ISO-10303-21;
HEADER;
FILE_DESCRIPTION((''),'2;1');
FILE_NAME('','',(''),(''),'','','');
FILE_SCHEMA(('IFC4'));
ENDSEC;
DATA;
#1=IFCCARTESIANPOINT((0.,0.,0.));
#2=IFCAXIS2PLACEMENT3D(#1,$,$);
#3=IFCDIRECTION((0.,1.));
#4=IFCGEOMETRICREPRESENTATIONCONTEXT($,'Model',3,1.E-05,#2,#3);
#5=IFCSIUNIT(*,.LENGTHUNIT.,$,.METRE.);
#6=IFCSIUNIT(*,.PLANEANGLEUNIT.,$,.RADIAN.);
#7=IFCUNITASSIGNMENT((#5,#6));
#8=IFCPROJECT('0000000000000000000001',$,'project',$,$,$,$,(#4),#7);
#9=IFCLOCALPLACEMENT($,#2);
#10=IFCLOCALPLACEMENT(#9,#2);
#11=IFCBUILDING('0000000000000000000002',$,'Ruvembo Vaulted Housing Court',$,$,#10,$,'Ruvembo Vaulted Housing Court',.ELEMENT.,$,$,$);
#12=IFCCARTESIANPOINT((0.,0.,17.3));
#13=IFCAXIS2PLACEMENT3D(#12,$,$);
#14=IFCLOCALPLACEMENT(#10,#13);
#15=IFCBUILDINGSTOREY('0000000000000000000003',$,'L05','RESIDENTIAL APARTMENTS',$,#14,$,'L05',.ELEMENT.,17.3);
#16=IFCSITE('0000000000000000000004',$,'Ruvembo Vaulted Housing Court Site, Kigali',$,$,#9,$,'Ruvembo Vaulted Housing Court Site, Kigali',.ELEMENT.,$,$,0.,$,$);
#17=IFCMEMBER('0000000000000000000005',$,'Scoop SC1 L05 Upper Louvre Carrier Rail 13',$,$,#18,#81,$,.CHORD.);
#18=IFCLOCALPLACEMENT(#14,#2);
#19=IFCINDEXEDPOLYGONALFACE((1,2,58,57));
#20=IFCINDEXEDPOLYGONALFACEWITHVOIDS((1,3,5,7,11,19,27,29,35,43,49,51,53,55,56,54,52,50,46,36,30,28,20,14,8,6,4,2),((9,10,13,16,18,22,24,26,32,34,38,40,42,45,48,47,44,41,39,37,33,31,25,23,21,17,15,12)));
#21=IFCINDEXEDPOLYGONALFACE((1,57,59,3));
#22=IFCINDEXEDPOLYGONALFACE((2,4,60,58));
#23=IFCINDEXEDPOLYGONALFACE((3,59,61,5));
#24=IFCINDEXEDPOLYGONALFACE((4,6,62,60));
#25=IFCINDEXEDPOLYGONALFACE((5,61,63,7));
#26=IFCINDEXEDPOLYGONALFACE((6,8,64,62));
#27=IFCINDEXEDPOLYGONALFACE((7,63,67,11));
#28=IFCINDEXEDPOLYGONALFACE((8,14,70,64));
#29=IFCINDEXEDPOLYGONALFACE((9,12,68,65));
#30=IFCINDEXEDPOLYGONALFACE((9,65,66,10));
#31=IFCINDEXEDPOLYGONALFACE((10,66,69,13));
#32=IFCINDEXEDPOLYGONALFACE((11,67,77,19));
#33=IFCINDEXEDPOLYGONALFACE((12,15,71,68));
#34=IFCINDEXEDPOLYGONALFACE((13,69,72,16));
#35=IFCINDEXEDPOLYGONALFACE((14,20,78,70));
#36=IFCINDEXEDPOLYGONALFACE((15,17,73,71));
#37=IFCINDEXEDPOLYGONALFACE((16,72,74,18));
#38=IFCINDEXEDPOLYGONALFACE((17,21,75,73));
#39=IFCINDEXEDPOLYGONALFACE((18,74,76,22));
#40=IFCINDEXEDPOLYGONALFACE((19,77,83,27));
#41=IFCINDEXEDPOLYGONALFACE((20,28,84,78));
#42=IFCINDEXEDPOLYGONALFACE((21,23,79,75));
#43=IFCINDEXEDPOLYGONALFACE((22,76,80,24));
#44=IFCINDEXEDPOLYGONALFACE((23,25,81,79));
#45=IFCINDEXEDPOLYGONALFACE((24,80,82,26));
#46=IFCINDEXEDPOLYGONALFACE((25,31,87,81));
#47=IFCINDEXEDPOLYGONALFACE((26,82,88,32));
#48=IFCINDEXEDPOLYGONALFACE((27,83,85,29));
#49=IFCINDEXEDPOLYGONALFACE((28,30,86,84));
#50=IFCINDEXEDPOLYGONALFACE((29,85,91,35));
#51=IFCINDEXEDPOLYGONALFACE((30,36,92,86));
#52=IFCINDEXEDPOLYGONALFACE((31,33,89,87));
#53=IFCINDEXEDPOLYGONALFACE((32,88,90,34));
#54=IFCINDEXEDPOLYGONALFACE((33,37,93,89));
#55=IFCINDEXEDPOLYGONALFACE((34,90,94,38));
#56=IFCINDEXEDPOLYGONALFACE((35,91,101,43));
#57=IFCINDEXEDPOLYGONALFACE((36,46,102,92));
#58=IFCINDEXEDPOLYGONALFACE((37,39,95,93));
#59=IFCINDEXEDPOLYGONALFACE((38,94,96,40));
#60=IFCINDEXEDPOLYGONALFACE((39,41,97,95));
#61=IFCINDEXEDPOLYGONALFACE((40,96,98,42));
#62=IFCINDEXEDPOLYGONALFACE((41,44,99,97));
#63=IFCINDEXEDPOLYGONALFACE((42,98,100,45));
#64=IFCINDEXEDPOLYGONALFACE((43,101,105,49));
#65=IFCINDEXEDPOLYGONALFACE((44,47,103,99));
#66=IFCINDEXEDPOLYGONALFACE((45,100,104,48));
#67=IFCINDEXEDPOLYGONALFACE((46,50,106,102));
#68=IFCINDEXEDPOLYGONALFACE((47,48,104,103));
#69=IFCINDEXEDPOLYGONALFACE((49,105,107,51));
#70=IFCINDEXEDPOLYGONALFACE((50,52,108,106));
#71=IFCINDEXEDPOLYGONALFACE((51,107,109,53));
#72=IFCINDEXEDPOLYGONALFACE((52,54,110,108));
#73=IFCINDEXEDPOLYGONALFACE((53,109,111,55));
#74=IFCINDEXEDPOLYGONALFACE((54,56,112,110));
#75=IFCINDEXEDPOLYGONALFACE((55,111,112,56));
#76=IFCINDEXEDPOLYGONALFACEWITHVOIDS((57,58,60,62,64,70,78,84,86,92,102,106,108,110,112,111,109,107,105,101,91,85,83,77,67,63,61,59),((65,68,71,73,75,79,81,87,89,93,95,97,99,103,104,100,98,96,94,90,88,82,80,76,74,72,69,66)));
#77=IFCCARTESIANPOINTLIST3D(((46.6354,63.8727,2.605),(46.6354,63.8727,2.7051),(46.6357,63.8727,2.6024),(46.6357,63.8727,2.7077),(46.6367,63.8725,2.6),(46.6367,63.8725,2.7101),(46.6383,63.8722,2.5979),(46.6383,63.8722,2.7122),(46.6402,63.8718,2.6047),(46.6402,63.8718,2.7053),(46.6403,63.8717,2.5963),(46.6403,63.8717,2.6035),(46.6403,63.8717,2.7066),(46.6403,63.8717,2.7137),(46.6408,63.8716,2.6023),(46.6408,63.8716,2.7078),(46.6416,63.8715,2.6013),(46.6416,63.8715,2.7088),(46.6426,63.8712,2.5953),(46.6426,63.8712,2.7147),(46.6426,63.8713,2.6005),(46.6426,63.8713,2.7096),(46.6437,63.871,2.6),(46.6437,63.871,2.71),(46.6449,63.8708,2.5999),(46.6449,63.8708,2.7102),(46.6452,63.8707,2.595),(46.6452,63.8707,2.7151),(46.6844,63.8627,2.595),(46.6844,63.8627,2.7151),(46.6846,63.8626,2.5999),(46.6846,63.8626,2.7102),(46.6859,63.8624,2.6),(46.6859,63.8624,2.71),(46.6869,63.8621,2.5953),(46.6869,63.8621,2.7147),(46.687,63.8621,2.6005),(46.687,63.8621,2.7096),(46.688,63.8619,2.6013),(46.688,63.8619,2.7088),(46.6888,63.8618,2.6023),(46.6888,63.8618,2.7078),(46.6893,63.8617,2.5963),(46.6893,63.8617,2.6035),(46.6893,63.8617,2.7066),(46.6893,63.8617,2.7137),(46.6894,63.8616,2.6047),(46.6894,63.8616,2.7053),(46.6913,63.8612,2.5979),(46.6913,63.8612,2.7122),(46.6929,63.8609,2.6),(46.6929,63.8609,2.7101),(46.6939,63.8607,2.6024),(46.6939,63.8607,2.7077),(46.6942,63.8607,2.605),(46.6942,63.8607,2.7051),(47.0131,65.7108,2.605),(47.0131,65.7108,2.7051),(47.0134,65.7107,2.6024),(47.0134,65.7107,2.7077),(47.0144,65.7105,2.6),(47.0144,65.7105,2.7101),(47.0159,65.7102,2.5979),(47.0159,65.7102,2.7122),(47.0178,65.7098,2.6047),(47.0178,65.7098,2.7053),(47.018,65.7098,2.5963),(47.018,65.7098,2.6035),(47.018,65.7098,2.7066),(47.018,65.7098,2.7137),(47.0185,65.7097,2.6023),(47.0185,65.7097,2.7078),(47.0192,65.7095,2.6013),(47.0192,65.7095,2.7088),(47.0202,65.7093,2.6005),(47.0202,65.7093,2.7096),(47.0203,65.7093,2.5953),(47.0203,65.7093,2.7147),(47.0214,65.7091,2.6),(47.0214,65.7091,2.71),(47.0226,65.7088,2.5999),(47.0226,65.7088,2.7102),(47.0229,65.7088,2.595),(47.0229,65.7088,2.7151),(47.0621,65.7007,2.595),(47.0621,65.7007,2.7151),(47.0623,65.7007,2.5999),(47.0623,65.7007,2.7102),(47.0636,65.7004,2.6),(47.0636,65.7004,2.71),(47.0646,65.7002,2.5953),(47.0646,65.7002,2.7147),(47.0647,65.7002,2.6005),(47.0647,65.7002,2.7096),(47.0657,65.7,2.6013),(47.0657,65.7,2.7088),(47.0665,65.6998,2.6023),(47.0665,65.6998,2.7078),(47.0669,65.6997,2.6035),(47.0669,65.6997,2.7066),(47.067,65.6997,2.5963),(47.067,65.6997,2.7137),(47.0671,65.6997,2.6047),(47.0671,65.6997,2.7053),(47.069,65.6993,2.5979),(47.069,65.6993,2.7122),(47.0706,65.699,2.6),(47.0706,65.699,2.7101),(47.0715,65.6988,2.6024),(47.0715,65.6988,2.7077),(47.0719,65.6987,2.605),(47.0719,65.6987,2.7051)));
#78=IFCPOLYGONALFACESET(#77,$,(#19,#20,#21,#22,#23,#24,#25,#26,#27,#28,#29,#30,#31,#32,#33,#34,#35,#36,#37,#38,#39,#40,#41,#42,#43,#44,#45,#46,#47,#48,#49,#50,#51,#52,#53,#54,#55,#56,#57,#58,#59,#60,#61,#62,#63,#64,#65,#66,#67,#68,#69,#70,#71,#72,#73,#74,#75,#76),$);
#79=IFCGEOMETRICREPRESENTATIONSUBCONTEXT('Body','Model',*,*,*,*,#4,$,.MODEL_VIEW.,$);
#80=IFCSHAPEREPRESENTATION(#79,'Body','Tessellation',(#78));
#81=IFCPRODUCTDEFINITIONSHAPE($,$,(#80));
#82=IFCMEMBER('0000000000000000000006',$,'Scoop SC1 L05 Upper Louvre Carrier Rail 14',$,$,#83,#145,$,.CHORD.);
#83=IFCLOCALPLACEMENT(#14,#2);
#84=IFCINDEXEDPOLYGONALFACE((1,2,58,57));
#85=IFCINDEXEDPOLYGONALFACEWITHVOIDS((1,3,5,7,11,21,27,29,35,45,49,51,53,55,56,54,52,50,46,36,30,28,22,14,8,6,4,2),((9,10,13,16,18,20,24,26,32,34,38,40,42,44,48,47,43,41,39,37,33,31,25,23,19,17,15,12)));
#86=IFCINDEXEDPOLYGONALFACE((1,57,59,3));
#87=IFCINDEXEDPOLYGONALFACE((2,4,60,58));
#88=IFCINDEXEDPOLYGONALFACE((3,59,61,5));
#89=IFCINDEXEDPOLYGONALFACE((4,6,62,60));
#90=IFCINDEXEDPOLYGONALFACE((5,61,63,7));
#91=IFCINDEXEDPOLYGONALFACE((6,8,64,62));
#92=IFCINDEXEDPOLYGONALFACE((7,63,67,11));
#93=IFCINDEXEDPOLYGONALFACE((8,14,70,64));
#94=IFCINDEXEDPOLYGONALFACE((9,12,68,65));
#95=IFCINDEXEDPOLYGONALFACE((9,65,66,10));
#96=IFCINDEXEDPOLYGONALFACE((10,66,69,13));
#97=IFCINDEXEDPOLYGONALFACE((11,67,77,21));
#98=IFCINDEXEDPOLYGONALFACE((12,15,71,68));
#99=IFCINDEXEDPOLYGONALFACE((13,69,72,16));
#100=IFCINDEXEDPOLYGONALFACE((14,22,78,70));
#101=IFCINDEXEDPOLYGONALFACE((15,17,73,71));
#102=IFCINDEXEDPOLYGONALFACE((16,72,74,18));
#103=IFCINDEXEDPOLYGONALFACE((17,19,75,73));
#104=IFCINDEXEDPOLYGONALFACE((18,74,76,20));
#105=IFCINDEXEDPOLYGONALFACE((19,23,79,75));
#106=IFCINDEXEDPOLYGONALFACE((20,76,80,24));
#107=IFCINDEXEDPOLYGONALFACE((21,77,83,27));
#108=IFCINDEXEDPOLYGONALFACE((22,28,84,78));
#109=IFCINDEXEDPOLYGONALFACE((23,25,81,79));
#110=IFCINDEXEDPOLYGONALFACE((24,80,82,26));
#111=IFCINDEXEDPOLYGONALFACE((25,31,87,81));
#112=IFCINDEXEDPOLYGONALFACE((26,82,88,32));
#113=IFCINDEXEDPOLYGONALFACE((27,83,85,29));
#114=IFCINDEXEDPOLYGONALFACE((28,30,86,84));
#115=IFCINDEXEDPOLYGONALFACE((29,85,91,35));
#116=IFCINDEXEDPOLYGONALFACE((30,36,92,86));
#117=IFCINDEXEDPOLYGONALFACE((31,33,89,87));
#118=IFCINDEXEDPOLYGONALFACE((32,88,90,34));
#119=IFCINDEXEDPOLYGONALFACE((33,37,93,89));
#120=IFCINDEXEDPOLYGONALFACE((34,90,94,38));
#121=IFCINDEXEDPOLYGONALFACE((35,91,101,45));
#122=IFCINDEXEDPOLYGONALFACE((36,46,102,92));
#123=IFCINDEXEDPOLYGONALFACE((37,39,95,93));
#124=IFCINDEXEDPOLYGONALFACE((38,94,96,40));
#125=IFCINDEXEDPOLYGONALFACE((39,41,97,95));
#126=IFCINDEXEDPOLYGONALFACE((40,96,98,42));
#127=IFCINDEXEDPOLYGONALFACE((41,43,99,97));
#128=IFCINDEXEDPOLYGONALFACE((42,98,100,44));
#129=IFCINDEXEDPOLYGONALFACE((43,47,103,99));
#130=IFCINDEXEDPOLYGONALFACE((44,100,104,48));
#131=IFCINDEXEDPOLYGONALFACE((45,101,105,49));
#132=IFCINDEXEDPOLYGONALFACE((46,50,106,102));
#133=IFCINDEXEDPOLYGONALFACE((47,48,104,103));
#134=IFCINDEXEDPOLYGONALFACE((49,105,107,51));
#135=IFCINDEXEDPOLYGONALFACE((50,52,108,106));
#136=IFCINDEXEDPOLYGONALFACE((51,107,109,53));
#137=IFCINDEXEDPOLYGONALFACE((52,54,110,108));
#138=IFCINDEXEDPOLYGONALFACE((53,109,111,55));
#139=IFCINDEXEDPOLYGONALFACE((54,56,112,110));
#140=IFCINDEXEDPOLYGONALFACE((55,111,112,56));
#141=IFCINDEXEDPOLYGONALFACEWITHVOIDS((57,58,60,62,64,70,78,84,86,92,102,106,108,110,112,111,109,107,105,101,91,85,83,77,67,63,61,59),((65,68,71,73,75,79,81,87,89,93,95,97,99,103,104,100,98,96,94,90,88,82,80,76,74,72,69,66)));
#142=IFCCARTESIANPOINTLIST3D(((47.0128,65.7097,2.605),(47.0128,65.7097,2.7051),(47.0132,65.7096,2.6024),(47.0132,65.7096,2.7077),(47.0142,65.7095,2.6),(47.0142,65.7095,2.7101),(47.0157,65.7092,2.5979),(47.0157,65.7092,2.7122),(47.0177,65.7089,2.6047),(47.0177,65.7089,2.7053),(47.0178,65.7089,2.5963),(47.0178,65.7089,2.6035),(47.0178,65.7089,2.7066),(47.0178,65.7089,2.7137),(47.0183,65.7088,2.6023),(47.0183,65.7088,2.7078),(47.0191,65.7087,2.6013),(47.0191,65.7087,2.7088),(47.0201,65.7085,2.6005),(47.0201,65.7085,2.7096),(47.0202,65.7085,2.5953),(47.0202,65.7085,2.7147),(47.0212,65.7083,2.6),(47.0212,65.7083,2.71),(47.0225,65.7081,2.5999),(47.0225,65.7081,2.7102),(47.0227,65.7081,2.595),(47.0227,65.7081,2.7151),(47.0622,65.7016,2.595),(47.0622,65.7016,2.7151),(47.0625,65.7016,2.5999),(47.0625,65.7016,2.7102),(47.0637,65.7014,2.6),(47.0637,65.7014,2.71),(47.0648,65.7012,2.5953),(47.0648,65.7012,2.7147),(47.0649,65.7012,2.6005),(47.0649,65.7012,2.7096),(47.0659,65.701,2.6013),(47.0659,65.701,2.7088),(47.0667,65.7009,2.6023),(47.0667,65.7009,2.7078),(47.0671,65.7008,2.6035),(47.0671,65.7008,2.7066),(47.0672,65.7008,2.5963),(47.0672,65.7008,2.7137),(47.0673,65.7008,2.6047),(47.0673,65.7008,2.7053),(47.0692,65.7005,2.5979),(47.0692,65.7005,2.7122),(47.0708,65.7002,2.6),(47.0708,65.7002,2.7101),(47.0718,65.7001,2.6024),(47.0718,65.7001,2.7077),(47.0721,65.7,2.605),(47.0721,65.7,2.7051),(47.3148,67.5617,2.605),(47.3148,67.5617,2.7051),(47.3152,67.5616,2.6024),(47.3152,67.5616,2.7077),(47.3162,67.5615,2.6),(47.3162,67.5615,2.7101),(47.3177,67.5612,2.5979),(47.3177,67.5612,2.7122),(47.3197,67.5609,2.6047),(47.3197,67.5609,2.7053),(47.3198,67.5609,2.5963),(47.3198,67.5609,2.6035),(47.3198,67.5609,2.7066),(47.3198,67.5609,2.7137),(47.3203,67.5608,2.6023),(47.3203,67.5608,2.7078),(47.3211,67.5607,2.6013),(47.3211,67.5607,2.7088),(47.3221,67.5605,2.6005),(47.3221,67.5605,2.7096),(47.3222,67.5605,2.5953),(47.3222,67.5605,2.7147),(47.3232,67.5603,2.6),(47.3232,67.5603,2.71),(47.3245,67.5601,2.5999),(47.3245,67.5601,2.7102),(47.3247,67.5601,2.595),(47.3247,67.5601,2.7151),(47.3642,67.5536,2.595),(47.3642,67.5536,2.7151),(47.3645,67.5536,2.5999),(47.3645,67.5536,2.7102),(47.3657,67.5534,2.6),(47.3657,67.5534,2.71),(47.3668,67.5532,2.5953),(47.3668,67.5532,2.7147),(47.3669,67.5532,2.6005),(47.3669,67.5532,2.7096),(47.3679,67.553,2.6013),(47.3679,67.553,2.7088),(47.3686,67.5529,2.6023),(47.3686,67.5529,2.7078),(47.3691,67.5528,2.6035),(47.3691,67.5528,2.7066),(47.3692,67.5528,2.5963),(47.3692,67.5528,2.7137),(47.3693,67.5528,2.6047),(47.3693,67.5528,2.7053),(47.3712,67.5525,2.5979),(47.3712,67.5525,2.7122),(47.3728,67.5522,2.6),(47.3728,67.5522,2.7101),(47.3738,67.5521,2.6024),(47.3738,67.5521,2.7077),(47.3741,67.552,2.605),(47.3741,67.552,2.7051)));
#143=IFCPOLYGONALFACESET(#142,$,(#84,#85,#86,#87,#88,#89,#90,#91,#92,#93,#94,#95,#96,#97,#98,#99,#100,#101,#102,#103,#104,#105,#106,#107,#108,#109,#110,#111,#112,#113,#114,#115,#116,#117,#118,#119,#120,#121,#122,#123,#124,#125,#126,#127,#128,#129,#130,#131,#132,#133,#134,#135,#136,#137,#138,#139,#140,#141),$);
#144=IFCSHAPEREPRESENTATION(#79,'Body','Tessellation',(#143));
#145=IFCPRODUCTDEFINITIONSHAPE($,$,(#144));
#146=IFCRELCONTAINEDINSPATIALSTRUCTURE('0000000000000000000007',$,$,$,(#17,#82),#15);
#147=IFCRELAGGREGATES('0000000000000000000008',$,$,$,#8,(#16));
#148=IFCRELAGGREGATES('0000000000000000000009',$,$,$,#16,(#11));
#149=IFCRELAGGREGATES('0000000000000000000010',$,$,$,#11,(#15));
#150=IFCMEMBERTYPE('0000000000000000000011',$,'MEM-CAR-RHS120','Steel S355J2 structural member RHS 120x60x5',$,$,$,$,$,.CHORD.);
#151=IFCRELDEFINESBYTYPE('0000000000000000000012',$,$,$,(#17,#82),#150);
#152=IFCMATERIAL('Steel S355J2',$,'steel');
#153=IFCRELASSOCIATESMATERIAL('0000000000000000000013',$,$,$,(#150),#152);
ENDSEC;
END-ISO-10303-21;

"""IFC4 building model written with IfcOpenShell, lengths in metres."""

from ifc_helpers import new_model, si_unit, direction, frame, origin, origin_2d, place, context, subcontext, project, spatial, hollow_rectangle, extrude, material, material_profile, profile_set, type_object, element, save


model = new_model("IFC4")

# Units and contexts
model_context = context("Model", 3, precision=1e-05, world=origin(), true_north=direction((0.0, 1.0)))
body_context = subcontext(model_context, "Body", "Model", "MODEL_VIEW")
ifc_project = project(units=[si_unit("LENGTHUNIT", "METRE"), si_unit("PLANEANGLEUNIT", "RADIAN")], contexts=[model_context])

# Site, building, storey
site_placement = place(None, origin())
site = spatial("IfcSite", under=ifc_project, at=site_placement, Name="Ruvembo Vaulted Housing Court Site, Kigali", LongName="Ruvembo Vaulted Housing Court Site, Kigali", CompositionType="ELEMENT", RefElevation=0.0)
building_placement = place(site_placement, origin())
building = spatial("IfcBuilding", under=site, at=building_placement, Name="Ruvembo Vaulted Housing Court", LongName="Ruvembo Vaulted Housing Court", CompositionType="ELEMENT")
storey_placement = place(building_placement, frame((0.0, 0.0, 17.3)))
storey = spatial("IfcBuildingStorey", under=building, at=storey_placement, Name="L05", Description="RESIDENTIAL APARTMENTS", LongName="L05", CompositionType="ELEMENT", Elevation=17.3)

# Shared definitions
ifc_material_1 = material(Name="Steel S355J2", Category="steel")

# Members
ifc_material_profile_1 = material_profile(ifc_material_1, hollow_rectangle(XDim=0.0601, YDim=0.1201, WallThickness=0.0049, InnerFilletRadius=0.0049, OuterFilletRadius=0.01, at=origin_2d()), Name="RHS 120x60x5")
ifc_profile_set_1 = profile_set([ifc_material_profile_1], Name="Steel S355J2")
member_type_1 = type_object("IfcMemberType", Name="MEM-CAR-RHS120", Description="Steel S355J2 structural member RHS 120x60x5", PredefinedType="CHORD", material=ifc_profile_set_1)
for number, where, z_axis, x_axis, name in (
    (1, (46.6648, 63.8667, 2.655), (0.201267, 0.979536, 0.0), (-0.979536, 0.201267, 0.0), "Scoop SC1 L05 Upper Louvre Carrier Rail 13"),
    (2, (47.0425, 65.7048, 2.655), (0.160938, 0.986965, 0.0), (-0.986965, 0.160938, 0.0), "Scoop SC1 L05 Upper Louvre Carrier Rail 14"),
):
    element("IfcMember", number, at=place(storey_placement, frame(where, z_axis=z_axis, x_axis=x_axis)), inside=storey, type_object=member_type_1, Name=name, PredefinedType="CHORD", context=body_context, shape_type="SweptSolid", body=[
        extrude(hollow_rectangle(XDim=0.0601, YDim=0.1201, WallThickness=0.0049, InnerFilletRadius=0.0049, OuterFilletRadius=0.01, at=origin_2d()), origin(), (0.0, 0.0, 1.0), 1.8765),
    ])

save(model, "model.ifc")
